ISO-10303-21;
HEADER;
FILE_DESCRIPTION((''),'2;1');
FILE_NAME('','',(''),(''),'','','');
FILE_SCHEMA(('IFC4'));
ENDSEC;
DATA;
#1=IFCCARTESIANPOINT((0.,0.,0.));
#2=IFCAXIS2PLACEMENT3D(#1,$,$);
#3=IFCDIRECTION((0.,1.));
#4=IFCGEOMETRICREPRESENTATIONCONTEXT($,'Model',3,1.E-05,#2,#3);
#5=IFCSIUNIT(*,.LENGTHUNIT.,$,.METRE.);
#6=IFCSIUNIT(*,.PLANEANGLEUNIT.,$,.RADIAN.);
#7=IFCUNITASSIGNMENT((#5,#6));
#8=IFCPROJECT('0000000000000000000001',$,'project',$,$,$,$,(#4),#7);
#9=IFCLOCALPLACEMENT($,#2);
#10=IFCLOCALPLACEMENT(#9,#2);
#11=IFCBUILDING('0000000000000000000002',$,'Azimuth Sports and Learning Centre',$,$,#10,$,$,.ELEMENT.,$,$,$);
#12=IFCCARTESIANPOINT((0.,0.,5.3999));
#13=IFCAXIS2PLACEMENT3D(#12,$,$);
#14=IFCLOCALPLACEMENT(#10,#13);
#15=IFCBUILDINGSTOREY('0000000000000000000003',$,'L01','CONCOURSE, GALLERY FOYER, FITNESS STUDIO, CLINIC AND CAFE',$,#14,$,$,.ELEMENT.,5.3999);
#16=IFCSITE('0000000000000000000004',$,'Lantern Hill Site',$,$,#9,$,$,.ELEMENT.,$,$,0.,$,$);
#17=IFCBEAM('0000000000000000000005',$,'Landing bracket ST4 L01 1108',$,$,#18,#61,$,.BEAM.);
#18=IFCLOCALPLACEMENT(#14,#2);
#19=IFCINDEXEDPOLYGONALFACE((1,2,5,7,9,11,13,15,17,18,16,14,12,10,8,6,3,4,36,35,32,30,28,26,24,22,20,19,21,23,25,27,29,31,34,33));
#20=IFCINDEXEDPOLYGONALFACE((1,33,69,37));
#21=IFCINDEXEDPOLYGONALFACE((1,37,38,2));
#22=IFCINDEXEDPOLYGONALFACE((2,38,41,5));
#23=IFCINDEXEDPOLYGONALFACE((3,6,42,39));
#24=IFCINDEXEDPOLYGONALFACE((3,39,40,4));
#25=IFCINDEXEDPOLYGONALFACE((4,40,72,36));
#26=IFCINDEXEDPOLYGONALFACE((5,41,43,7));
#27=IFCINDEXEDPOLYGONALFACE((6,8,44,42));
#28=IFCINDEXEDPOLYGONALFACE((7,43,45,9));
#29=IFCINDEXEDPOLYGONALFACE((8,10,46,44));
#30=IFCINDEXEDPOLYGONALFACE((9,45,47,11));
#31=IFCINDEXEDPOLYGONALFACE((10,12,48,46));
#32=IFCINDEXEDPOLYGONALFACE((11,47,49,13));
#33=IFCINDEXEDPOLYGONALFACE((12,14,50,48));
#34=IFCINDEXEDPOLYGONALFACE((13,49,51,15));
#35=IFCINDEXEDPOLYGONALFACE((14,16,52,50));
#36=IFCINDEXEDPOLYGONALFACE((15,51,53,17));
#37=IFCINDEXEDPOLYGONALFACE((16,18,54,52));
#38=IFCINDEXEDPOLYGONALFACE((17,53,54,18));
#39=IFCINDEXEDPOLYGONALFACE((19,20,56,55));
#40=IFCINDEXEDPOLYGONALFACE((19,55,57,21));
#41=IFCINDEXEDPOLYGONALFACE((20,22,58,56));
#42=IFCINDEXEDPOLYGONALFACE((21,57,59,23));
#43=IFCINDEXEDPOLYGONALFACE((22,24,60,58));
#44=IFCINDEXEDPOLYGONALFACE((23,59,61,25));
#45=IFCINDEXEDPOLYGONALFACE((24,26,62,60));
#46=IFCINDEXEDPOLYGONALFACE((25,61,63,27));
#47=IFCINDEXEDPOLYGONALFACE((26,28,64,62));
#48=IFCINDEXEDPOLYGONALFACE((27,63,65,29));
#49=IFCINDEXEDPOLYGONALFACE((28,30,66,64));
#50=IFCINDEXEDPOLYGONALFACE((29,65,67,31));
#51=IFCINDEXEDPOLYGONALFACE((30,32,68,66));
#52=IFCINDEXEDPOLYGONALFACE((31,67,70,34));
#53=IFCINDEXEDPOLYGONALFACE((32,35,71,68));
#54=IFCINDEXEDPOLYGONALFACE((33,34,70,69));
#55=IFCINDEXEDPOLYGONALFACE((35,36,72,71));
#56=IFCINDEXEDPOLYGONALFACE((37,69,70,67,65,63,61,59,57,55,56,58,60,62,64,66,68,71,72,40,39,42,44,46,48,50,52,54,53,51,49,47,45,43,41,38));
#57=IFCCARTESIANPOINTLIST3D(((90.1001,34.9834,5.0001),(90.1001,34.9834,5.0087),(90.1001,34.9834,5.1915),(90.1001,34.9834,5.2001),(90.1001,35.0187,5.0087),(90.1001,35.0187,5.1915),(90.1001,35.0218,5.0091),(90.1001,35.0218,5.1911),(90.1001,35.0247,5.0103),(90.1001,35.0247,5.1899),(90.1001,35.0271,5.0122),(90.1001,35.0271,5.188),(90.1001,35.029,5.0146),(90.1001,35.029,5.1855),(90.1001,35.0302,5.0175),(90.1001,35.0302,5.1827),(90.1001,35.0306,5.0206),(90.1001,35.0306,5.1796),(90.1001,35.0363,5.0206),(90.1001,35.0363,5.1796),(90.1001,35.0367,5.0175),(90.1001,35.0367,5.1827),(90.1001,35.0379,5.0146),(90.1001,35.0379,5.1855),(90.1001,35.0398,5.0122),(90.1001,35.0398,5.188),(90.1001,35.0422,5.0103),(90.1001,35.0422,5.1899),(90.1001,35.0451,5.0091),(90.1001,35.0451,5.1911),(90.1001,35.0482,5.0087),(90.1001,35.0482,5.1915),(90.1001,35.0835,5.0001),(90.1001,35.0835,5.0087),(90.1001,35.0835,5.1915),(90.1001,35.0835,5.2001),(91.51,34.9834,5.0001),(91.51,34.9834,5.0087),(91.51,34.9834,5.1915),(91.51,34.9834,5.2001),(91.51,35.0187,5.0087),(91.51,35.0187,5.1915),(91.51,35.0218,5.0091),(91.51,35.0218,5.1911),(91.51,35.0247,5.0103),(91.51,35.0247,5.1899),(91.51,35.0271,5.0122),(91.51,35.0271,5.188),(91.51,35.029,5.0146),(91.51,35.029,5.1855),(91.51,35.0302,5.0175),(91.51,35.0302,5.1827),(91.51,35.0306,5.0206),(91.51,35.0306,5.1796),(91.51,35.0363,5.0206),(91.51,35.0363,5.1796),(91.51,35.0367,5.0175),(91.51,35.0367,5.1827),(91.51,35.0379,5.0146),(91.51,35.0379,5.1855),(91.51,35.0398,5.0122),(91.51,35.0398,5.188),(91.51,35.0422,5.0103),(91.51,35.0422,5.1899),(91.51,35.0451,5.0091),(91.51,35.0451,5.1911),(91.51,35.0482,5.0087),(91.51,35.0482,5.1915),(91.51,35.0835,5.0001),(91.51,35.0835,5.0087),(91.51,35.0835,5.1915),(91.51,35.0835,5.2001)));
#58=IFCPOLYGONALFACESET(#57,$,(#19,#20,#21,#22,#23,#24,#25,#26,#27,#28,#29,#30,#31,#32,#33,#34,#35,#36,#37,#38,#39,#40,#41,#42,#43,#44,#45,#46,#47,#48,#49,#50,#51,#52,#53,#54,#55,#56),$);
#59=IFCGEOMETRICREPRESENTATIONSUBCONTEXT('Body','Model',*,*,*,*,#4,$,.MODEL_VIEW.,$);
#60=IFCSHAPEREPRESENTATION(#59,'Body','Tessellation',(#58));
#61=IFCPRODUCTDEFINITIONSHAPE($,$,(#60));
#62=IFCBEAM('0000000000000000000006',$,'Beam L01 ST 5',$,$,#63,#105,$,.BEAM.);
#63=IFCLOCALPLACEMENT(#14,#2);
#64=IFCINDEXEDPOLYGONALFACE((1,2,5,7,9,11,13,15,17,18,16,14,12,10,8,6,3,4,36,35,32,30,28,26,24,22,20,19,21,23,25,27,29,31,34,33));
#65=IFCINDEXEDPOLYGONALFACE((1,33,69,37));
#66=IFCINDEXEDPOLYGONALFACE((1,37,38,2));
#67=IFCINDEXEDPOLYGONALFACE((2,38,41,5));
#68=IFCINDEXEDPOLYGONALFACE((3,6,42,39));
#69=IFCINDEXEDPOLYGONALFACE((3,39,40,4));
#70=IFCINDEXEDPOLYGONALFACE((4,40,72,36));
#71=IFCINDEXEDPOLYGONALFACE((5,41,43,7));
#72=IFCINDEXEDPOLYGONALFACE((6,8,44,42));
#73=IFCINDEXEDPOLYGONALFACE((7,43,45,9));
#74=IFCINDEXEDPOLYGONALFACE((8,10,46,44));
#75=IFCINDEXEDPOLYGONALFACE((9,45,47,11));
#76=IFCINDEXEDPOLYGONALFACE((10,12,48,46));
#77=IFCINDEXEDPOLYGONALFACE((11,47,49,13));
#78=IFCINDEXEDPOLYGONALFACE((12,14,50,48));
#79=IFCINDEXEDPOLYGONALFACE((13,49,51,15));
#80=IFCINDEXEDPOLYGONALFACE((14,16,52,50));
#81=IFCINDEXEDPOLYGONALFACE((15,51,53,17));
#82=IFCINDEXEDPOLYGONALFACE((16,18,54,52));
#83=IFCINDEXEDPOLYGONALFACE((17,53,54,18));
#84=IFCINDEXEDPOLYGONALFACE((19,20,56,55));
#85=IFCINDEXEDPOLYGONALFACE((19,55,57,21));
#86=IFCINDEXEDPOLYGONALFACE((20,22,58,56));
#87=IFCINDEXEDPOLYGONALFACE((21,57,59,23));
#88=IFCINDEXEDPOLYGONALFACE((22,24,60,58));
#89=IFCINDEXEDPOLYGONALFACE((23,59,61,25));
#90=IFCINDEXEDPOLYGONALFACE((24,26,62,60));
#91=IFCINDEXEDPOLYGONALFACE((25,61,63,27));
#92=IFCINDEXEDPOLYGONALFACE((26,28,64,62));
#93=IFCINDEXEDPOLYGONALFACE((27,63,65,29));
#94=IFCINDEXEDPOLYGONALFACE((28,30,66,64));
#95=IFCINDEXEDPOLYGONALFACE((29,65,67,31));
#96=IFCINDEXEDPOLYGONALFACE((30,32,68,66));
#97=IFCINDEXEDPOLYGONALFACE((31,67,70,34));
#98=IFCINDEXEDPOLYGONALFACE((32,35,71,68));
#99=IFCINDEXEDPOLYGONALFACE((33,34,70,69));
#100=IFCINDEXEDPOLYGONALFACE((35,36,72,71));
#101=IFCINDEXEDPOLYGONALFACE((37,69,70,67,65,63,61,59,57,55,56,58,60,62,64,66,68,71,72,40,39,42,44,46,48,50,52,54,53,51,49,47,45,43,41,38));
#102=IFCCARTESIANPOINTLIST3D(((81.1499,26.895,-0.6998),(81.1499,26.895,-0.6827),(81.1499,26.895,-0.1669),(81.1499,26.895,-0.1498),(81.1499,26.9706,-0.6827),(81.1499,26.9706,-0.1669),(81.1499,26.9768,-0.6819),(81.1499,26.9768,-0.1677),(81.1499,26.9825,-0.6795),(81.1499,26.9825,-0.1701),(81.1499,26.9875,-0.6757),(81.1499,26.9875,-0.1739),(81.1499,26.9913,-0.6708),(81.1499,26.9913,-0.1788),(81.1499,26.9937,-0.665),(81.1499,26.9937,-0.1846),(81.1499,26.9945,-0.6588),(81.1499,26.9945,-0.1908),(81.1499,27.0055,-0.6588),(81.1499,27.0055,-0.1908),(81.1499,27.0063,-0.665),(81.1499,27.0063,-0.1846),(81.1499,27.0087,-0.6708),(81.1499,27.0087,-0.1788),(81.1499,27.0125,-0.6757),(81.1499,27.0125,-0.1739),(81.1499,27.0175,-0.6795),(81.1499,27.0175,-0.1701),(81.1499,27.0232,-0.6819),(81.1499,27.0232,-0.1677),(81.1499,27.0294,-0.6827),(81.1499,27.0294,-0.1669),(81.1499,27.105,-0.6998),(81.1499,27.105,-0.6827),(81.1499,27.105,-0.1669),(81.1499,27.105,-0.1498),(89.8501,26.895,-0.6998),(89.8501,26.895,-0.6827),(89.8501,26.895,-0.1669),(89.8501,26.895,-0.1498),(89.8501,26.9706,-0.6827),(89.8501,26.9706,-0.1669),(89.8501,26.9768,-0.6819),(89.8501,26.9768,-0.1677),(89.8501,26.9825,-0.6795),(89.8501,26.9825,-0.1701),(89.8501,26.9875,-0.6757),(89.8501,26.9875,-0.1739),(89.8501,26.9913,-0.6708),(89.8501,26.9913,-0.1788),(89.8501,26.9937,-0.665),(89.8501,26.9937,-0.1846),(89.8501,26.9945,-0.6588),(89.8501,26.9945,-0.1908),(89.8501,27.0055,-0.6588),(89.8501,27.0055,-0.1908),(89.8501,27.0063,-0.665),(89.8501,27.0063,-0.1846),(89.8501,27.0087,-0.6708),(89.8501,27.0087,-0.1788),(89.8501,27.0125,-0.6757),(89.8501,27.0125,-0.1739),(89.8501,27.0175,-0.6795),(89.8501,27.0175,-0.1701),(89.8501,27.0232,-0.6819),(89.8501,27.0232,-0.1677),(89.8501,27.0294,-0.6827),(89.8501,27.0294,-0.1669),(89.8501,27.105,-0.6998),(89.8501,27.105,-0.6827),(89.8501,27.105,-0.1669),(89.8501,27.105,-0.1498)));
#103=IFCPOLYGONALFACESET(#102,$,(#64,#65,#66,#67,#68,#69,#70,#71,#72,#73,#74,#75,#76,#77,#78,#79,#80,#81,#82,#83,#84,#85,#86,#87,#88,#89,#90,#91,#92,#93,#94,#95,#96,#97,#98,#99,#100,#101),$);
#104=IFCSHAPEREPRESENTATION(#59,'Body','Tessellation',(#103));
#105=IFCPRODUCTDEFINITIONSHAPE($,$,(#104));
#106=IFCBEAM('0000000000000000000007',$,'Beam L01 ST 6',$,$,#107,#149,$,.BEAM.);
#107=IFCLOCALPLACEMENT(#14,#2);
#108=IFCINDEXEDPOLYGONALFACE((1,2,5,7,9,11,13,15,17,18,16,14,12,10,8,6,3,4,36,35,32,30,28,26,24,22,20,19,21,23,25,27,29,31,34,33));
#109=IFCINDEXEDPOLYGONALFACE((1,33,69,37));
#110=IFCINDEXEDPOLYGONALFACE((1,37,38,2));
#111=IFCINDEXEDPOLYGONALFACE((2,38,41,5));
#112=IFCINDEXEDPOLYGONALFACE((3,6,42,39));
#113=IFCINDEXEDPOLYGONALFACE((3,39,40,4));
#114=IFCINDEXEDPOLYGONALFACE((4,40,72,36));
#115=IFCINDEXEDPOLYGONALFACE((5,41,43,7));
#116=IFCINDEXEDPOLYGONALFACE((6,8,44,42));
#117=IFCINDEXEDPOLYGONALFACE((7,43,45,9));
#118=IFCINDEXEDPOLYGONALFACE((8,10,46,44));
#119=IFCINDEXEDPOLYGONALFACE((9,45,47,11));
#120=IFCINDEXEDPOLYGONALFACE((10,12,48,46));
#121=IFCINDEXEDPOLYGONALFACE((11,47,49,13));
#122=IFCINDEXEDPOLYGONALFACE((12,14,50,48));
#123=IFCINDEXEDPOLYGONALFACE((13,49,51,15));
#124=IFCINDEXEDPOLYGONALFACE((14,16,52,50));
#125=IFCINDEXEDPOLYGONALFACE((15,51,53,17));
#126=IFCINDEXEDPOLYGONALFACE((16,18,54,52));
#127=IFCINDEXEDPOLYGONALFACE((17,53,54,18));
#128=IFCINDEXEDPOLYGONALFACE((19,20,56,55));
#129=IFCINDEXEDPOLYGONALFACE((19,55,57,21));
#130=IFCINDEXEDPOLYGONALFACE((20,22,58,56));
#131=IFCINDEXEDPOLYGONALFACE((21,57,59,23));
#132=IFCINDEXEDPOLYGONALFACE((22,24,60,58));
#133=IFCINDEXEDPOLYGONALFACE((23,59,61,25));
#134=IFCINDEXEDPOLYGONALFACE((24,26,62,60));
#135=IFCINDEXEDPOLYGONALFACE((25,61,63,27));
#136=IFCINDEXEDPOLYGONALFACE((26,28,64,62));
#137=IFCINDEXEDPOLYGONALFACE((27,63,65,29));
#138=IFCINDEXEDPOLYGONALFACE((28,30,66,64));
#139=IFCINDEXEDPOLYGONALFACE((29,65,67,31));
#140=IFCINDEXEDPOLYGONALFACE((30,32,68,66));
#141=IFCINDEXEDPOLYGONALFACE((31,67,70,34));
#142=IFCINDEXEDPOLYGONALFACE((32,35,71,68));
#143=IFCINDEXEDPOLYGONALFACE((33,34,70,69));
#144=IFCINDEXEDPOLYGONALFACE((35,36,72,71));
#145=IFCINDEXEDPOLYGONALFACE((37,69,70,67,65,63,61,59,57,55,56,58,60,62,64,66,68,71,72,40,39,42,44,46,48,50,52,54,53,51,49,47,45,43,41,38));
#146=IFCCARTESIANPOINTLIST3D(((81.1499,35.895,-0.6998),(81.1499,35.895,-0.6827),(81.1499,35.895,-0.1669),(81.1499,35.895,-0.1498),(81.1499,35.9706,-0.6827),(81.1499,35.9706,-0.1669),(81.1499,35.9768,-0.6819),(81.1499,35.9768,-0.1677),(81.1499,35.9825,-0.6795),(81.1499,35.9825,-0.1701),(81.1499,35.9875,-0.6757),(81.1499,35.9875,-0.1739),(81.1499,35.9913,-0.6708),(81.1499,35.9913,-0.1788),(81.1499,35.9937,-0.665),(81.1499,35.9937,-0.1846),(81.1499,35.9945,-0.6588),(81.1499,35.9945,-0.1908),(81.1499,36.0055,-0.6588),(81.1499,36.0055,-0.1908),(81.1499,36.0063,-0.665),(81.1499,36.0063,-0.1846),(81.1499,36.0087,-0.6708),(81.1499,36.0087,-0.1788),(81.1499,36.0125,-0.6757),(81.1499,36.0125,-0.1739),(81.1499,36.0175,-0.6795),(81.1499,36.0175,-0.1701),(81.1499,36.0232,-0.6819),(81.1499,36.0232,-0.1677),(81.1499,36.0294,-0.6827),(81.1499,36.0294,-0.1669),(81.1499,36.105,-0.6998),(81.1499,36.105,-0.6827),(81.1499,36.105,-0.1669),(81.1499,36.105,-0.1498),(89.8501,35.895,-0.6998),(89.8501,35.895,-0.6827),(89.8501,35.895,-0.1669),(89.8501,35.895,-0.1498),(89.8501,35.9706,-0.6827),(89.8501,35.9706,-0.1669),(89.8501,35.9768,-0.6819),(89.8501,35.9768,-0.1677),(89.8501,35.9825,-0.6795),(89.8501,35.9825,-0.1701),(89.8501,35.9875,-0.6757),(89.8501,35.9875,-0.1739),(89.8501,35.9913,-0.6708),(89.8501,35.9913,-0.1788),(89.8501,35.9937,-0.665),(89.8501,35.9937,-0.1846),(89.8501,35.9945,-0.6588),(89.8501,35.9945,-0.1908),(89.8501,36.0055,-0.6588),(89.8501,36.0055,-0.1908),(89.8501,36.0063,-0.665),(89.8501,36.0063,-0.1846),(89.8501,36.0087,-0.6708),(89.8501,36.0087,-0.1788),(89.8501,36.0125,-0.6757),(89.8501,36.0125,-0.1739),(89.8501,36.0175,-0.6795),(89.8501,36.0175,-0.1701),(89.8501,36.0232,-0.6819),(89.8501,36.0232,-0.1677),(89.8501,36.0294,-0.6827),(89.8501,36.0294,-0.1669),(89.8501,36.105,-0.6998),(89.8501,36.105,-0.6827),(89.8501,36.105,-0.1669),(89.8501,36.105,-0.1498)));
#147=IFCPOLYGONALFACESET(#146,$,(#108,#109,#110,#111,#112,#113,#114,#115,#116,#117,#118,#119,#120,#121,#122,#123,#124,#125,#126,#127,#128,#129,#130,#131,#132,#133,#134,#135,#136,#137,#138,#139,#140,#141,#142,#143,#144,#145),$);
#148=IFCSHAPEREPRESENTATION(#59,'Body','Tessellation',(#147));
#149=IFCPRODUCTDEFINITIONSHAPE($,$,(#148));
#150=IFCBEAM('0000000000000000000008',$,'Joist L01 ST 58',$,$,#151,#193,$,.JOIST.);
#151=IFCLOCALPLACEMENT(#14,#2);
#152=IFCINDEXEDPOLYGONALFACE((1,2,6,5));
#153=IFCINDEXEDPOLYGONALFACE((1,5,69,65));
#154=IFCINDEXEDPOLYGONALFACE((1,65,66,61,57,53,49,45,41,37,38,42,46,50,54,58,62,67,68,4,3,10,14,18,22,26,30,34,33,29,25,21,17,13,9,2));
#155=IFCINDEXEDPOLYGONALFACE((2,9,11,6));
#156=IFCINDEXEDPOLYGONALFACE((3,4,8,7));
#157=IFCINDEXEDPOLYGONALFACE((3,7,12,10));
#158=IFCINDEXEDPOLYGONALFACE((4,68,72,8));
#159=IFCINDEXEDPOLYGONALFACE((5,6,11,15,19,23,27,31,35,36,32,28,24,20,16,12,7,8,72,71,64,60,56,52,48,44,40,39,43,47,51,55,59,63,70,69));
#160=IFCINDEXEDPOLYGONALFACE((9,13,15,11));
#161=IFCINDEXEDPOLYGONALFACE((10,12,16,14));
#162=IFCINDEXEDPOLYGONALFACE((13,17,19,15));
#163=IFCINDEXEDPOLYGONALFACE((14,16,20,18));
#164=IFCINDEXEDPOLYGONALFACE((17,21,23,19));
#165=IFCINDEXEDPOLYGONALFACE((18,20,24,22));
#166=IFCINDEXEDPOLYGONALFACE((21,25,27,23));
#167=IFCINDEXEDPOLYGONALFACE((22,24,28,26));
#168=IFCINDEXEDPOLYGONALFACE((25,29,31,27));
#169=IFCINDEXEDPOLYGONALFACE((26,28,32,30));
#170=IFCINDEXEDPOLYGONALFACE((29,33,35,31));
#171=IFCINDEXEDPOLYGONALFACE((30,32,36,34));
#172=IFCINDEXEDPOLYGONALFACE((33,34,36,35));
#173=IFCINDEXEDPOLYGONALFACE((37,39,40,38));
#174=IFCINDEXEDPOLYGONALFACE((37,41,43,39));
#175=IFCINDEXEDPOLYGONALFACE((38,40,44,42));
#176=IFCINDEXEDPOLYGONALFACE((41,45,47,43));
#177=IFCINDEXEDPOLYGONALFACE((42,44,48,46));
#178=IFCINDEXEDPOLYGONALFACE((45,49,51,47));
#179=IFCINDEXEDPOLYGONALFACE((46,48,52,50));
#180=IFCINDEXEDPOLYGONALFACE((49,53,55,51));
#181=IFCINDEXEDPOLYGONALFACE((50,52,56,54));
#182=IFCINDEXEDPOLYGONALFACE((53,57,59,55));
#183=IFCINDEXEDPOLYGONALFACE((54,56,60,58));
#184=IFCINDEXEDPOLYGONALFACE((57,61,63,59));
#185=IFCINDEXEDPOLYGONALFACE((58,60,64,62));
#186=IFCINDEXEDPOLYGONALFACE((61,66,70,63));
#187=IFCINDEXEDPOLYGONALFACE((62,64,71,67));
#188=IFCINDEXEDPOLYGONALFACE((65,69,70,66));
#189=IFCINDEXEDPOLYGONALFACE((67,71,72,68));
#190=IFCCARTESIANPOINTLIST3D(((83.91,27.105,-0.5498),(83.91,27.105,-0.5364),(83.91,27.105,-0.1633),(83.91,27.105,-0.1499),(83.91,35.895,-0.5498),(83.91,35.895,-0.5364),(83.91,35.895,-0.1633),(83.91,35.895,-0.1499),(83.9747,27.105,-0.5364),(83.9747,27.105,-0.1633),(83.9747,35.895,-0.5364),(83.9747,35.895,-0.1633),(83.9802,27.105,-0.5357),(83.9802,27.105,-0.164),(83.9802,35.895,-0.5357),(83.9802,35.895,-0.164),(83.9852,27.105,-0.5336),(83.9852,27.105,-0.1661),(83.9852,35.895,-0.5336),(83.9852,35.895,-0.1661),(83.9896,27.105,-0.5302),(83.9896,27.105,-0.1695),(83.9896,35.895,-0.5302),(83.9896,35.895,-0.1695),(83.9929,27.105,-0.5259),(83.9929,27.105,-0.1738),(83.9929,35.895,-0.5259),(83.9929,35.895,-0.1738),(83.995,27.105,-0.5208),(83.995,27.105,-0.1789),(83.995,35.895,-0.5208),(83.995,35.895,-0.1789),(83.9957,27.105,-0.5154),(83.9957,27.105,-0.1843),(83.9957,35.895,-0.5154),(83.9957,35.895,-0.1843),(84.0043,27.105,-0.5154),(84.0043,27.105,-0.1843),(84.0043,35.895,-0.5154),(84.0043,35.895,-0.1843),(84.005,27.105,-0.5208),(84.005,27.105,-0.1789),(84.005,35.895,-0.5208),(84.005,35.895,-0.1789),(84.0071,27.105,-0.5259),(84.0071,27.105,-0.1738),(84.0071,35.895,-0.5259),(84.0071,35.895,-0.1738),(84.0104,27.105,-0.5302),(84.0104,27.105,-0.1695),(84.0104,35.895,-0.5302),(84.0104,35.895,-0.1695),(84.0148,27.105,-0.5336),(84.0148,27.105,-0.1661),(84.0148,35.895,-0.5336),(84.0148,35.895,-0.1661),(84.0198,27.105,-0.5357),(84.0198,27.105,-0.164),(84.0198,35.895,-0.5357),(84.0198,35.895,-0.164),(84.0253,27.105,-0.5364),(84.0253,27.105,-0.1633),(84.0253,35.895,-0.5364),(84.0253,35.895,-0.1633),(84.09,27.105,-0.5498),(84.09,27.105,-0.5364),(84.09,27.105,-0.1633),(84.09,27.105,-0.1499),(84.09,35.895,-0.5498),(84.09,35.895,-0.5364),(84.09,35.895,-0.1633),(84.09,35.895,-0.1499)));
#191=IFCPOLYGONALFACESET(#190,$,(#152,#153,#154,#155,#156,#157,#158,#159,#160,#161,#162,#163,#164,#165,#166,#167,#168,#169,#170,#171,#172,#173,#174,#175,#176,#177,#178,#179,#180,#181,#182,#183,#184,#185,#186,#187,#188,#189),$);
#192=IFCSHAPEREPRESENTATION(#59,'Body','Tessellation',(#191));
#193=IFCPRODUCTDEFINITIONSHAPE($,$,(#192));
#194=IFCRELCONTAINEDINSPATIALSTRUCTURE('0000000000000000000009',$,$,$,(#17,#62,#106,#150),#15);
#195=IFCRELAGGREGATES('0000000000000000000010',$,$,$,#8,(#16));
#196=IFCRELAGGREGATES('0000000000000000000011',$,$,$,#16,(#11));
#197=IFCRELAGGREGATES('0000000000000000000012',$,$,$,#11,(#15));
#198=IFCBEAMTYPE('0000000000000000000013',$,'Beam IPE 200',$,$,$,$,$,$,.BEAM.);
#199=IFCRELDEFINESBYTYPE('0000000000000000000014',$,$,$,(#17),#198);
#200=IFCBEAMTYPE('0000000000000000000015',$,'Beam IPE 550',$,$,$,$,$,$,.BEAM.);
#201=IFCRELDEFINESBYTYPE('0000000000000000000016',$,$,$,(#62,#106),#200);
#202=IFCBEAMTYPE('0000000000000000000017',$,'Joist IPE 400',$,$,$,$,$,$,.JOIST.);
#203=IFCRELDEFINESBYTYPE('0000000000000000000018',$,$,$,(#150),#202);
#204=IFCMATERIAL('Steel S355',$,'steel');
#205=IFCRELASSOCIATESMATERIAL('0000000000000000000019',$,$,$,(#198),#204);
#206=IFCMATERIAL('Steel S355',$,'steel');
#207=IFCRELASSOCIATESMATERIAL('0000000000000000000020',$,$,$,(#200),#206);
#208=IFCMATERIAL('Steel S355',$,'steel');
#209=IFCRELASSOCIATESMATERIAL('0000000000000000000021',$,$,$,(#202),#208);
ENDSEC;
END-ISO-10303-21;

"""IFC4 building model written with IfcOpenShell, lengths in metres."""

from ifc_helpers import new_model, si_unit, direction, frame, origin, origin_2d, place, context, subcontext, project, spatial, i_section, extrude, material, material_profile, profile_set, type_object, element, save


model = new_model("IFC4")

# Units and contexts
model_context = context("Model", 3, precision=1e-05, world=origin(), true_north=direction((0.0, 1.0)))
body_context = subcontext(model_context, "Body", "Model", "MODEL_VIEW")
ifc_project = project(units=[si_unit("LENGTHUNIT", "METRE"), si_unit("PLANEANGLEUNIT", "RADIAN")], contexts=[model_context])

# Site, building, storey
site_placement = place(None, origin())
site = spatial("IfcSite", under=ifc_project, at=site_placement, Name="Lantern Hill Site", CompositionType="ELEMENT", RefElevation=0.0)
building_placement = place(site_placement, origin())
building = spatial("IfcBuilding", under=site, at=building_placement, Name="Azimuth Sports and Learning Centre", CompositionType="ELEMENT")
storey_placement = place(building_placement, frame((0.0, 0.0, 5.3999)))
storey = spatial("IfcBuildingStorey", under=building, at=storey_placement, Name="L01", Description="CONCOURSE, GALLERY FOYER, FITNESS STUDIO, CLINIC AND CAFE", CompositionType="ELEMENT", Elevation=5.3999)

# Beams
ifc_material_1 = material(Name="Steel S355", Category="steel")
ifc_material_profile_1 = material_profile(ifc_material_1, i_section(OverallWidth=0.1001, OverallDepth=0.2, WebThickness=0.0056, FlangeThickness=0.0085, FilletRadius=0.012, at=origin_2d()), Name="IPE 200")
ifc_profile_set_1 = profile_set([ifc_material_profile_1], Name="Steel S355")
beam_type_1 = type_object("IfcBeamType", Name="Beam IPE 200", PredefinedType="BEAM", material=ifc_profile_set_1)
for number, where, z_axis, x_axis, name in (
    (1, (90.1001, 35.0334, 5.1001), (1.0, 0.0, 0.0), (0.0, 1.0, 0.0), "Landing bracket ST4 L01 1108"),
):
    element("IfcBeam", number, at=place(storey_placement, frame(where, z_axis=z_axis, x_axis=x_axis)), inside=storey, type_object=beam_type_1, Name=name, PredefinedType="BEAM", context=body_context, shape_type="SweptSolid", body=[
        extrude(i_section(OverallWidth=0.1001, OverallDepth=0.2, WebThickness=0.0056, FlangeThickness=0.0085, FilletRadius=0.012, at=origin_2d()), origin(), (0.0, 0.0, 1.0), 1.4099),
    ])
ifc_material_2 = material(Name="Steel S355", Category="steel")
ifc_material_profile_2 = material_profile(ifc_material_2, i_section(OverallWidth=0.21, OverallDepth=0.55, WebThickness=0.011, FlangeThickness=0.0171, FilletRadius=0.0239, at=origin_2d()), Name="IPE 550")
ifc_profile_set_2 = profile_set([ifc_material_profile_2], Name="Steel S355")
beam_type_2 = type_object("IfcBeamType", Name="Beam IPE 550", PredefinedType="BEAM", material=ifc_profile_set_2)
for number, where, z_axis, x_axis, name in (
    (2, (81.1499, 27.0, -0.4248), (1.0, 0.0, 0.0), (0.0, 1.0, 0.0), "Beam L01 ST 5"),
    (3, (81.1499, 36.0, -0.4248), (1.0, 0.0, 0.0), (0.0, 1.0, 0.0), "Beam L01 ST 6"),
):
    element("IfcBeam", number, at=place(storey_placement, frame(where, z_axis=z_axis, x_axis=x_axis)), inside=storey, type_object=beam_type_2, Name=name, PredefinedType="BEAM", context=body_context, shape_type="SweptSolid", body=[
        extrude(i_section(OverallWidth=0.21, OverallDepth=0.55, WebThickness=0.011, FlangeThickness=0.0171, FilletRadius=0.0239, at=origin_2d()), origin(), (0.0, 0.0, 1.0), 8.7002),
    ])
ifc_material_3 = material(Name="Steel S355", Category="steel")
ifc_material_profile_3 = material_profile(ifc_material_3, i_section(OverallWidth=0.1799, OverallDepth=0.3999, WebThickness=0.0085, FlangeThickness=0.0134, FilletRadius=0.021, at=origin_2d()), Name="IPE 400")
ifc_profile_set_3 = profile_set([ifc_material_profile_3], Name="Steel S355")
beam_type_3 = type_object("IfcBeamType", Name="Joist IPE 400", PredefinedType="JOIST", material=ifc_profile_set_3)
beam_1_placement = place(storey_placement, frame((84.0, 27.105, -0.3499), z_axis=(0.0, 1.0, 0.0), x_axis=(-1.0, 0.0, 0.0)))
element("IfcBeam", 4, at=beam_1_placement, inside=storey, type_object=beam_type_3, Name="Joist L01 ST 58", PredefinedType="JOIST", context=body_context, shape_type="SweptSolid", body=[
    extrude(i_section(OverallWidth=0.1799, OverallDepth=0.3999, WebThickness=0.0085, FlangeThickness=0.0134, FilletRadius=0.021, at=origin_2d()), origin(), (0.0, 0.0, 1.0), 8.79),
])

save(model, "model.ifc")
